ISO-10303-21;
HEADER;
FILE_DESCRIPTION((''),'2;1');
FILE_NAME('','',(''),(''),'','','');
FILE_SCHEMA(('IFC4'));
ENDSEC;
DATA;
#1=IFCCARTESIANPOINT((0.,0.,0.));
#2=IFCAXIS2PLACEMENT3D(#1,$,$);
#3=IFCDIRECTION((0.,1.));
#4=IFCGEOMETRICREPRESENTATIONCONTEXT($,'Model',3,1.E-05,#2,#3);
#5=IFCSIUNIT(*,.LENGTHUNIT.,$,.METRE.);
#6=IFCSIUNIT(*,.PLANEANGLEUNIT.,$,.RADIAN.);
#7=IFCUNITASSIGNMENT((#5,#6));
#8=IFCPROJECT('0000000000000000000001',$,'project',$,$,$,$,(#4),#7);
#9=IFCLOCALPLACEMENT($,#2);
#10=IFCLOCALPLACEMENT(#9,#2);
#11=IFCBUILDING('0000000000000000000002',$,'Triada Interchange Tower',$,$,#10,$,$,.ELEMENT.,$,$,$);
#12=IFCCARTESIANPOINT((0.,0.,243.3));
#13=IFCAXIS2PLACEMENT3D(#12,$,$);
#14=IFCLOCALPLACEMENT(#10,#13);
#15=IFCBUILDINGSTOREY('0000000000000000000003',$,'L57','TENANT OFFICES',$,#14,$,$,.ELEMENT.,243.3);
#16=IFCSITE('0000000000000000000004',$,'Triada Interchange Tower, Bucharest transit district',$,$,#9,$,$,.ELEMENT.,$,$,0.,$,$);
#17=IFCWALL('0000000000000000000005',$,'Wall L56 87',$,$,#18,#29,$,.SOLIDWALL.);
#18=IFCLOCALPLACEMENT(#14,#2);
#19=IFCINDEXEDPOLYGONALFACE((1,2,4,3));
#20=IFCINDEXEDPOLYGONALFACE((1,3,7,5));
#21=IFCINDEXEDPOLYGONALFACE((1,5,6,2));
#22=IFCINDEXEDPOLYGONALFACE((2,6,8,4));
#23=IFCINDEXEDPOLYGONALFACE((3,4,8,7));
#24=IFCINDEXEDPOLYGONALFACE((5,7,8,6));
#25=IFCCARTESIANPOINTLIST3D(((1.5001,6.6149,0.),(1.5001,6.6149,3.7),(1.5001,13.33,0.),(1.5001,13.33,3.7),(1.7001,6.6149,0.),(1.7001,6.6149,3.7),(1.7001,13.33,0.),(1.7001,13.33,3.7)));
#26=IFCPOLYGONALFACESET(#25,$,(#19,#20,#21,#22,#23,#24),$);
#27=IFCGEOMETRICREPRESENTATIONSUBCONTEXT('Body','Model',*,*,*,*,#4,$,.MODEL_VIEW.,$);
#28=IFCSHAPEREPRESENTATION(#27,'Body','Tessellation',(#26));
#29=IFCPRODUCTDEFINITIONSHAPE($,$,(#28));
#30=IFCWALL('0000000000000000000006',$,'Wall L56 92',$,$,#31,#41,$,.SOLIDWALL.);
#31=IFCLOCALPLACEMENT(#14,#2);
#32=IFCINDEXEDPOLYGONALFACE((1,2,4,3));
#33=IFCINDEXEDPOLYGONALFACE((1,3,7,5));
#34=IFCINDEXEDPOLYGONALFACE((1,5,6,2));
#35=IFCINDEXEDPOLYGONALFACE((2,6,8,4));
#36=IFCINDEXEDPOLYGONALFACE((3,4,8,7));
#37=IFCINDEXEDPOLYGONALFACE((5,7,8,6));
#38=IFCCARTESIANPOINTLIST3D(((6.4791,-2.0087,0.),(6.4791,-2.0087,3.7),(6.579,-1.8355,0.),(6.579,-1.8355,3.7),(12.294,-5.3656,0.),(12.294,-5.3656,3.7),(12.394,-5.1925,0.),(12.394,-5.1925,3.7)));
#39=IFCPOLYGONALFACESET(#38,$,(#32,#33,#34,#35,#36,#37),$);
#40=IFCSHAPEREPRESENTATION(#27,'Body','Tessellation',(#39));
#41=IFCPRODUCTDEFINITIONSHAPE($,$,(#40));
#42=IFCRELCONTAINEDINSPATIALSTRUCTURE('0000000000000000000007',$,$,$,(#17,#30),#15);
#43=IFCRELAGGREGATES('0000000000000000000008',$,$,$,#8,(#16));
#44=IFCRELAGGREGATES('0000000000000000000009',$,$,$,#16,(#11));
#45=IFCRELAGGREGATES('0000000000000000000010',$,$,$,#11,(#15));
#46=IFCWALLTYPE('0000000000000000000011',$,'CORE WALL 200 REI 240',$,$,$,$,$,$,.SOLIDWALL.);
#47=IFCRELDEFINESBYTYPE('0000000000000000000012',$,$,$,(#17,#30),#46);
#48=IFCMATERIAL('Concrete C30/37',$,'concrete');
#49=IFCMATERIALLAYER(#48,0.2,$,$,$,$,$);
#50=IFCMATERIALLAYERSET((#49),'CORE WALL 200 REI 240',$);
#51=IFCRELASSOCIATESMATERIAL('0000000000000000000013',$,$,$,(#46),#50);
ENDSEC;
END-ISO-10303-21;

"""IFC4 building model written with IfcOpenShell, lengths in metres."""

from ifc_helpers import new_model, si_unit, direction, frame, frame_2d, origin, place, context, subcontext, project, spatial, rectangle, extrude, material, layer, layer_set, type_object, element, save


model = new_model("IFC4")

# Units and contexts
model_context = context("Model", 3, precision=1e-05, world=origin(), true_north=direction((0.0, 1.0)))
body_context = subcontext(model_context, "Body", "Model", "MODEL_VIEW")
ifc_project = project(units=[si_unit("LENGTHUNIT", "METRE"), si_unit("PLANEANGLEUNIT", "RADIAN")], contexts=[model_context])

# Site, building, storey
site_placement = place(None, origin())
site = spatial("IfcSite", under=ifc_project, at=site_placement, Name="Triada Interchange Tower, Bucharest transit district", CompositionType="ELEMENT", RefElevation=0.0)
building_placement = place(site_placement, origin())
building = spatial("IfcBuilding", under=site, at=building_placement, Name="Triada Interchange Tower", CompositionType="ELEMENT")
storey_placement = place(building_placement, frame((0.0, 0.0, 243.3)))
storey = spatial("IfcBuildingStorey", under=building, at=storey_placement, Name="L57", Description="TENANT OFFICES", CompositionType="ELEMENT", Elevation=243.3)

# Shared definitions
ifc_material_1 = material(Name="Concrete C30/37", Category="concrete")

# Walls
ifc_layer_1 = layer(ifc_material_1, 0.2)
ifc_layer_set_1 = layer_set([ifc_layer_1], Name="CORE WALL 200 REI 240")
wall_type_1 = type_object("IfcWallType", Name="CORE WALL 200 REI 240", PredefinedType="SOLIDWALL", material=ifc_layer_set_1)
wall_1_placement = place(storey_placement, frame((1.6001, 6.615, 0.0), z_axis=(0.0, 0.0, 1.0), x_axis=(0.0, 1.0, 0.0)))
element("IfcWall", 1, at=wall_1_placement, inside=storey, type_object=wall_type_1, Name="Wall L56 87", PredefinedType="SOLIDWALL", context=body_context, shape_type="SweptSolid", body=[
    extrude(rectangle(XDim=6.7151, YDim=0.2, at=frame_2d((3.3574, 0.0))), origin(), (0.0, 0.0, 1.0), 3.7),
])
wall_2_placement = place(storey_placement, frame((6.5291, -1.9221, 0.0), z_axis=(0.0, 0.0, 1.0), x_axis=(0.866046, -0.499964, 0.0)))
element("IfcWall", 2, at=wall_2_placement, inside=storey, type_object=wall_type_1, Name="Wall L56 92", PredefinedType="SOLIDWALL", context=body_context, shape_type="SweptSolid", body=[
    extrude(rectangle(XDim=6.7144, YDim=0.2, at=frame_2d((3.3572, 0.0))), origin(), (0.0, 0.0, 1.0), 3.7),
])

save(model, "model.ifc")
